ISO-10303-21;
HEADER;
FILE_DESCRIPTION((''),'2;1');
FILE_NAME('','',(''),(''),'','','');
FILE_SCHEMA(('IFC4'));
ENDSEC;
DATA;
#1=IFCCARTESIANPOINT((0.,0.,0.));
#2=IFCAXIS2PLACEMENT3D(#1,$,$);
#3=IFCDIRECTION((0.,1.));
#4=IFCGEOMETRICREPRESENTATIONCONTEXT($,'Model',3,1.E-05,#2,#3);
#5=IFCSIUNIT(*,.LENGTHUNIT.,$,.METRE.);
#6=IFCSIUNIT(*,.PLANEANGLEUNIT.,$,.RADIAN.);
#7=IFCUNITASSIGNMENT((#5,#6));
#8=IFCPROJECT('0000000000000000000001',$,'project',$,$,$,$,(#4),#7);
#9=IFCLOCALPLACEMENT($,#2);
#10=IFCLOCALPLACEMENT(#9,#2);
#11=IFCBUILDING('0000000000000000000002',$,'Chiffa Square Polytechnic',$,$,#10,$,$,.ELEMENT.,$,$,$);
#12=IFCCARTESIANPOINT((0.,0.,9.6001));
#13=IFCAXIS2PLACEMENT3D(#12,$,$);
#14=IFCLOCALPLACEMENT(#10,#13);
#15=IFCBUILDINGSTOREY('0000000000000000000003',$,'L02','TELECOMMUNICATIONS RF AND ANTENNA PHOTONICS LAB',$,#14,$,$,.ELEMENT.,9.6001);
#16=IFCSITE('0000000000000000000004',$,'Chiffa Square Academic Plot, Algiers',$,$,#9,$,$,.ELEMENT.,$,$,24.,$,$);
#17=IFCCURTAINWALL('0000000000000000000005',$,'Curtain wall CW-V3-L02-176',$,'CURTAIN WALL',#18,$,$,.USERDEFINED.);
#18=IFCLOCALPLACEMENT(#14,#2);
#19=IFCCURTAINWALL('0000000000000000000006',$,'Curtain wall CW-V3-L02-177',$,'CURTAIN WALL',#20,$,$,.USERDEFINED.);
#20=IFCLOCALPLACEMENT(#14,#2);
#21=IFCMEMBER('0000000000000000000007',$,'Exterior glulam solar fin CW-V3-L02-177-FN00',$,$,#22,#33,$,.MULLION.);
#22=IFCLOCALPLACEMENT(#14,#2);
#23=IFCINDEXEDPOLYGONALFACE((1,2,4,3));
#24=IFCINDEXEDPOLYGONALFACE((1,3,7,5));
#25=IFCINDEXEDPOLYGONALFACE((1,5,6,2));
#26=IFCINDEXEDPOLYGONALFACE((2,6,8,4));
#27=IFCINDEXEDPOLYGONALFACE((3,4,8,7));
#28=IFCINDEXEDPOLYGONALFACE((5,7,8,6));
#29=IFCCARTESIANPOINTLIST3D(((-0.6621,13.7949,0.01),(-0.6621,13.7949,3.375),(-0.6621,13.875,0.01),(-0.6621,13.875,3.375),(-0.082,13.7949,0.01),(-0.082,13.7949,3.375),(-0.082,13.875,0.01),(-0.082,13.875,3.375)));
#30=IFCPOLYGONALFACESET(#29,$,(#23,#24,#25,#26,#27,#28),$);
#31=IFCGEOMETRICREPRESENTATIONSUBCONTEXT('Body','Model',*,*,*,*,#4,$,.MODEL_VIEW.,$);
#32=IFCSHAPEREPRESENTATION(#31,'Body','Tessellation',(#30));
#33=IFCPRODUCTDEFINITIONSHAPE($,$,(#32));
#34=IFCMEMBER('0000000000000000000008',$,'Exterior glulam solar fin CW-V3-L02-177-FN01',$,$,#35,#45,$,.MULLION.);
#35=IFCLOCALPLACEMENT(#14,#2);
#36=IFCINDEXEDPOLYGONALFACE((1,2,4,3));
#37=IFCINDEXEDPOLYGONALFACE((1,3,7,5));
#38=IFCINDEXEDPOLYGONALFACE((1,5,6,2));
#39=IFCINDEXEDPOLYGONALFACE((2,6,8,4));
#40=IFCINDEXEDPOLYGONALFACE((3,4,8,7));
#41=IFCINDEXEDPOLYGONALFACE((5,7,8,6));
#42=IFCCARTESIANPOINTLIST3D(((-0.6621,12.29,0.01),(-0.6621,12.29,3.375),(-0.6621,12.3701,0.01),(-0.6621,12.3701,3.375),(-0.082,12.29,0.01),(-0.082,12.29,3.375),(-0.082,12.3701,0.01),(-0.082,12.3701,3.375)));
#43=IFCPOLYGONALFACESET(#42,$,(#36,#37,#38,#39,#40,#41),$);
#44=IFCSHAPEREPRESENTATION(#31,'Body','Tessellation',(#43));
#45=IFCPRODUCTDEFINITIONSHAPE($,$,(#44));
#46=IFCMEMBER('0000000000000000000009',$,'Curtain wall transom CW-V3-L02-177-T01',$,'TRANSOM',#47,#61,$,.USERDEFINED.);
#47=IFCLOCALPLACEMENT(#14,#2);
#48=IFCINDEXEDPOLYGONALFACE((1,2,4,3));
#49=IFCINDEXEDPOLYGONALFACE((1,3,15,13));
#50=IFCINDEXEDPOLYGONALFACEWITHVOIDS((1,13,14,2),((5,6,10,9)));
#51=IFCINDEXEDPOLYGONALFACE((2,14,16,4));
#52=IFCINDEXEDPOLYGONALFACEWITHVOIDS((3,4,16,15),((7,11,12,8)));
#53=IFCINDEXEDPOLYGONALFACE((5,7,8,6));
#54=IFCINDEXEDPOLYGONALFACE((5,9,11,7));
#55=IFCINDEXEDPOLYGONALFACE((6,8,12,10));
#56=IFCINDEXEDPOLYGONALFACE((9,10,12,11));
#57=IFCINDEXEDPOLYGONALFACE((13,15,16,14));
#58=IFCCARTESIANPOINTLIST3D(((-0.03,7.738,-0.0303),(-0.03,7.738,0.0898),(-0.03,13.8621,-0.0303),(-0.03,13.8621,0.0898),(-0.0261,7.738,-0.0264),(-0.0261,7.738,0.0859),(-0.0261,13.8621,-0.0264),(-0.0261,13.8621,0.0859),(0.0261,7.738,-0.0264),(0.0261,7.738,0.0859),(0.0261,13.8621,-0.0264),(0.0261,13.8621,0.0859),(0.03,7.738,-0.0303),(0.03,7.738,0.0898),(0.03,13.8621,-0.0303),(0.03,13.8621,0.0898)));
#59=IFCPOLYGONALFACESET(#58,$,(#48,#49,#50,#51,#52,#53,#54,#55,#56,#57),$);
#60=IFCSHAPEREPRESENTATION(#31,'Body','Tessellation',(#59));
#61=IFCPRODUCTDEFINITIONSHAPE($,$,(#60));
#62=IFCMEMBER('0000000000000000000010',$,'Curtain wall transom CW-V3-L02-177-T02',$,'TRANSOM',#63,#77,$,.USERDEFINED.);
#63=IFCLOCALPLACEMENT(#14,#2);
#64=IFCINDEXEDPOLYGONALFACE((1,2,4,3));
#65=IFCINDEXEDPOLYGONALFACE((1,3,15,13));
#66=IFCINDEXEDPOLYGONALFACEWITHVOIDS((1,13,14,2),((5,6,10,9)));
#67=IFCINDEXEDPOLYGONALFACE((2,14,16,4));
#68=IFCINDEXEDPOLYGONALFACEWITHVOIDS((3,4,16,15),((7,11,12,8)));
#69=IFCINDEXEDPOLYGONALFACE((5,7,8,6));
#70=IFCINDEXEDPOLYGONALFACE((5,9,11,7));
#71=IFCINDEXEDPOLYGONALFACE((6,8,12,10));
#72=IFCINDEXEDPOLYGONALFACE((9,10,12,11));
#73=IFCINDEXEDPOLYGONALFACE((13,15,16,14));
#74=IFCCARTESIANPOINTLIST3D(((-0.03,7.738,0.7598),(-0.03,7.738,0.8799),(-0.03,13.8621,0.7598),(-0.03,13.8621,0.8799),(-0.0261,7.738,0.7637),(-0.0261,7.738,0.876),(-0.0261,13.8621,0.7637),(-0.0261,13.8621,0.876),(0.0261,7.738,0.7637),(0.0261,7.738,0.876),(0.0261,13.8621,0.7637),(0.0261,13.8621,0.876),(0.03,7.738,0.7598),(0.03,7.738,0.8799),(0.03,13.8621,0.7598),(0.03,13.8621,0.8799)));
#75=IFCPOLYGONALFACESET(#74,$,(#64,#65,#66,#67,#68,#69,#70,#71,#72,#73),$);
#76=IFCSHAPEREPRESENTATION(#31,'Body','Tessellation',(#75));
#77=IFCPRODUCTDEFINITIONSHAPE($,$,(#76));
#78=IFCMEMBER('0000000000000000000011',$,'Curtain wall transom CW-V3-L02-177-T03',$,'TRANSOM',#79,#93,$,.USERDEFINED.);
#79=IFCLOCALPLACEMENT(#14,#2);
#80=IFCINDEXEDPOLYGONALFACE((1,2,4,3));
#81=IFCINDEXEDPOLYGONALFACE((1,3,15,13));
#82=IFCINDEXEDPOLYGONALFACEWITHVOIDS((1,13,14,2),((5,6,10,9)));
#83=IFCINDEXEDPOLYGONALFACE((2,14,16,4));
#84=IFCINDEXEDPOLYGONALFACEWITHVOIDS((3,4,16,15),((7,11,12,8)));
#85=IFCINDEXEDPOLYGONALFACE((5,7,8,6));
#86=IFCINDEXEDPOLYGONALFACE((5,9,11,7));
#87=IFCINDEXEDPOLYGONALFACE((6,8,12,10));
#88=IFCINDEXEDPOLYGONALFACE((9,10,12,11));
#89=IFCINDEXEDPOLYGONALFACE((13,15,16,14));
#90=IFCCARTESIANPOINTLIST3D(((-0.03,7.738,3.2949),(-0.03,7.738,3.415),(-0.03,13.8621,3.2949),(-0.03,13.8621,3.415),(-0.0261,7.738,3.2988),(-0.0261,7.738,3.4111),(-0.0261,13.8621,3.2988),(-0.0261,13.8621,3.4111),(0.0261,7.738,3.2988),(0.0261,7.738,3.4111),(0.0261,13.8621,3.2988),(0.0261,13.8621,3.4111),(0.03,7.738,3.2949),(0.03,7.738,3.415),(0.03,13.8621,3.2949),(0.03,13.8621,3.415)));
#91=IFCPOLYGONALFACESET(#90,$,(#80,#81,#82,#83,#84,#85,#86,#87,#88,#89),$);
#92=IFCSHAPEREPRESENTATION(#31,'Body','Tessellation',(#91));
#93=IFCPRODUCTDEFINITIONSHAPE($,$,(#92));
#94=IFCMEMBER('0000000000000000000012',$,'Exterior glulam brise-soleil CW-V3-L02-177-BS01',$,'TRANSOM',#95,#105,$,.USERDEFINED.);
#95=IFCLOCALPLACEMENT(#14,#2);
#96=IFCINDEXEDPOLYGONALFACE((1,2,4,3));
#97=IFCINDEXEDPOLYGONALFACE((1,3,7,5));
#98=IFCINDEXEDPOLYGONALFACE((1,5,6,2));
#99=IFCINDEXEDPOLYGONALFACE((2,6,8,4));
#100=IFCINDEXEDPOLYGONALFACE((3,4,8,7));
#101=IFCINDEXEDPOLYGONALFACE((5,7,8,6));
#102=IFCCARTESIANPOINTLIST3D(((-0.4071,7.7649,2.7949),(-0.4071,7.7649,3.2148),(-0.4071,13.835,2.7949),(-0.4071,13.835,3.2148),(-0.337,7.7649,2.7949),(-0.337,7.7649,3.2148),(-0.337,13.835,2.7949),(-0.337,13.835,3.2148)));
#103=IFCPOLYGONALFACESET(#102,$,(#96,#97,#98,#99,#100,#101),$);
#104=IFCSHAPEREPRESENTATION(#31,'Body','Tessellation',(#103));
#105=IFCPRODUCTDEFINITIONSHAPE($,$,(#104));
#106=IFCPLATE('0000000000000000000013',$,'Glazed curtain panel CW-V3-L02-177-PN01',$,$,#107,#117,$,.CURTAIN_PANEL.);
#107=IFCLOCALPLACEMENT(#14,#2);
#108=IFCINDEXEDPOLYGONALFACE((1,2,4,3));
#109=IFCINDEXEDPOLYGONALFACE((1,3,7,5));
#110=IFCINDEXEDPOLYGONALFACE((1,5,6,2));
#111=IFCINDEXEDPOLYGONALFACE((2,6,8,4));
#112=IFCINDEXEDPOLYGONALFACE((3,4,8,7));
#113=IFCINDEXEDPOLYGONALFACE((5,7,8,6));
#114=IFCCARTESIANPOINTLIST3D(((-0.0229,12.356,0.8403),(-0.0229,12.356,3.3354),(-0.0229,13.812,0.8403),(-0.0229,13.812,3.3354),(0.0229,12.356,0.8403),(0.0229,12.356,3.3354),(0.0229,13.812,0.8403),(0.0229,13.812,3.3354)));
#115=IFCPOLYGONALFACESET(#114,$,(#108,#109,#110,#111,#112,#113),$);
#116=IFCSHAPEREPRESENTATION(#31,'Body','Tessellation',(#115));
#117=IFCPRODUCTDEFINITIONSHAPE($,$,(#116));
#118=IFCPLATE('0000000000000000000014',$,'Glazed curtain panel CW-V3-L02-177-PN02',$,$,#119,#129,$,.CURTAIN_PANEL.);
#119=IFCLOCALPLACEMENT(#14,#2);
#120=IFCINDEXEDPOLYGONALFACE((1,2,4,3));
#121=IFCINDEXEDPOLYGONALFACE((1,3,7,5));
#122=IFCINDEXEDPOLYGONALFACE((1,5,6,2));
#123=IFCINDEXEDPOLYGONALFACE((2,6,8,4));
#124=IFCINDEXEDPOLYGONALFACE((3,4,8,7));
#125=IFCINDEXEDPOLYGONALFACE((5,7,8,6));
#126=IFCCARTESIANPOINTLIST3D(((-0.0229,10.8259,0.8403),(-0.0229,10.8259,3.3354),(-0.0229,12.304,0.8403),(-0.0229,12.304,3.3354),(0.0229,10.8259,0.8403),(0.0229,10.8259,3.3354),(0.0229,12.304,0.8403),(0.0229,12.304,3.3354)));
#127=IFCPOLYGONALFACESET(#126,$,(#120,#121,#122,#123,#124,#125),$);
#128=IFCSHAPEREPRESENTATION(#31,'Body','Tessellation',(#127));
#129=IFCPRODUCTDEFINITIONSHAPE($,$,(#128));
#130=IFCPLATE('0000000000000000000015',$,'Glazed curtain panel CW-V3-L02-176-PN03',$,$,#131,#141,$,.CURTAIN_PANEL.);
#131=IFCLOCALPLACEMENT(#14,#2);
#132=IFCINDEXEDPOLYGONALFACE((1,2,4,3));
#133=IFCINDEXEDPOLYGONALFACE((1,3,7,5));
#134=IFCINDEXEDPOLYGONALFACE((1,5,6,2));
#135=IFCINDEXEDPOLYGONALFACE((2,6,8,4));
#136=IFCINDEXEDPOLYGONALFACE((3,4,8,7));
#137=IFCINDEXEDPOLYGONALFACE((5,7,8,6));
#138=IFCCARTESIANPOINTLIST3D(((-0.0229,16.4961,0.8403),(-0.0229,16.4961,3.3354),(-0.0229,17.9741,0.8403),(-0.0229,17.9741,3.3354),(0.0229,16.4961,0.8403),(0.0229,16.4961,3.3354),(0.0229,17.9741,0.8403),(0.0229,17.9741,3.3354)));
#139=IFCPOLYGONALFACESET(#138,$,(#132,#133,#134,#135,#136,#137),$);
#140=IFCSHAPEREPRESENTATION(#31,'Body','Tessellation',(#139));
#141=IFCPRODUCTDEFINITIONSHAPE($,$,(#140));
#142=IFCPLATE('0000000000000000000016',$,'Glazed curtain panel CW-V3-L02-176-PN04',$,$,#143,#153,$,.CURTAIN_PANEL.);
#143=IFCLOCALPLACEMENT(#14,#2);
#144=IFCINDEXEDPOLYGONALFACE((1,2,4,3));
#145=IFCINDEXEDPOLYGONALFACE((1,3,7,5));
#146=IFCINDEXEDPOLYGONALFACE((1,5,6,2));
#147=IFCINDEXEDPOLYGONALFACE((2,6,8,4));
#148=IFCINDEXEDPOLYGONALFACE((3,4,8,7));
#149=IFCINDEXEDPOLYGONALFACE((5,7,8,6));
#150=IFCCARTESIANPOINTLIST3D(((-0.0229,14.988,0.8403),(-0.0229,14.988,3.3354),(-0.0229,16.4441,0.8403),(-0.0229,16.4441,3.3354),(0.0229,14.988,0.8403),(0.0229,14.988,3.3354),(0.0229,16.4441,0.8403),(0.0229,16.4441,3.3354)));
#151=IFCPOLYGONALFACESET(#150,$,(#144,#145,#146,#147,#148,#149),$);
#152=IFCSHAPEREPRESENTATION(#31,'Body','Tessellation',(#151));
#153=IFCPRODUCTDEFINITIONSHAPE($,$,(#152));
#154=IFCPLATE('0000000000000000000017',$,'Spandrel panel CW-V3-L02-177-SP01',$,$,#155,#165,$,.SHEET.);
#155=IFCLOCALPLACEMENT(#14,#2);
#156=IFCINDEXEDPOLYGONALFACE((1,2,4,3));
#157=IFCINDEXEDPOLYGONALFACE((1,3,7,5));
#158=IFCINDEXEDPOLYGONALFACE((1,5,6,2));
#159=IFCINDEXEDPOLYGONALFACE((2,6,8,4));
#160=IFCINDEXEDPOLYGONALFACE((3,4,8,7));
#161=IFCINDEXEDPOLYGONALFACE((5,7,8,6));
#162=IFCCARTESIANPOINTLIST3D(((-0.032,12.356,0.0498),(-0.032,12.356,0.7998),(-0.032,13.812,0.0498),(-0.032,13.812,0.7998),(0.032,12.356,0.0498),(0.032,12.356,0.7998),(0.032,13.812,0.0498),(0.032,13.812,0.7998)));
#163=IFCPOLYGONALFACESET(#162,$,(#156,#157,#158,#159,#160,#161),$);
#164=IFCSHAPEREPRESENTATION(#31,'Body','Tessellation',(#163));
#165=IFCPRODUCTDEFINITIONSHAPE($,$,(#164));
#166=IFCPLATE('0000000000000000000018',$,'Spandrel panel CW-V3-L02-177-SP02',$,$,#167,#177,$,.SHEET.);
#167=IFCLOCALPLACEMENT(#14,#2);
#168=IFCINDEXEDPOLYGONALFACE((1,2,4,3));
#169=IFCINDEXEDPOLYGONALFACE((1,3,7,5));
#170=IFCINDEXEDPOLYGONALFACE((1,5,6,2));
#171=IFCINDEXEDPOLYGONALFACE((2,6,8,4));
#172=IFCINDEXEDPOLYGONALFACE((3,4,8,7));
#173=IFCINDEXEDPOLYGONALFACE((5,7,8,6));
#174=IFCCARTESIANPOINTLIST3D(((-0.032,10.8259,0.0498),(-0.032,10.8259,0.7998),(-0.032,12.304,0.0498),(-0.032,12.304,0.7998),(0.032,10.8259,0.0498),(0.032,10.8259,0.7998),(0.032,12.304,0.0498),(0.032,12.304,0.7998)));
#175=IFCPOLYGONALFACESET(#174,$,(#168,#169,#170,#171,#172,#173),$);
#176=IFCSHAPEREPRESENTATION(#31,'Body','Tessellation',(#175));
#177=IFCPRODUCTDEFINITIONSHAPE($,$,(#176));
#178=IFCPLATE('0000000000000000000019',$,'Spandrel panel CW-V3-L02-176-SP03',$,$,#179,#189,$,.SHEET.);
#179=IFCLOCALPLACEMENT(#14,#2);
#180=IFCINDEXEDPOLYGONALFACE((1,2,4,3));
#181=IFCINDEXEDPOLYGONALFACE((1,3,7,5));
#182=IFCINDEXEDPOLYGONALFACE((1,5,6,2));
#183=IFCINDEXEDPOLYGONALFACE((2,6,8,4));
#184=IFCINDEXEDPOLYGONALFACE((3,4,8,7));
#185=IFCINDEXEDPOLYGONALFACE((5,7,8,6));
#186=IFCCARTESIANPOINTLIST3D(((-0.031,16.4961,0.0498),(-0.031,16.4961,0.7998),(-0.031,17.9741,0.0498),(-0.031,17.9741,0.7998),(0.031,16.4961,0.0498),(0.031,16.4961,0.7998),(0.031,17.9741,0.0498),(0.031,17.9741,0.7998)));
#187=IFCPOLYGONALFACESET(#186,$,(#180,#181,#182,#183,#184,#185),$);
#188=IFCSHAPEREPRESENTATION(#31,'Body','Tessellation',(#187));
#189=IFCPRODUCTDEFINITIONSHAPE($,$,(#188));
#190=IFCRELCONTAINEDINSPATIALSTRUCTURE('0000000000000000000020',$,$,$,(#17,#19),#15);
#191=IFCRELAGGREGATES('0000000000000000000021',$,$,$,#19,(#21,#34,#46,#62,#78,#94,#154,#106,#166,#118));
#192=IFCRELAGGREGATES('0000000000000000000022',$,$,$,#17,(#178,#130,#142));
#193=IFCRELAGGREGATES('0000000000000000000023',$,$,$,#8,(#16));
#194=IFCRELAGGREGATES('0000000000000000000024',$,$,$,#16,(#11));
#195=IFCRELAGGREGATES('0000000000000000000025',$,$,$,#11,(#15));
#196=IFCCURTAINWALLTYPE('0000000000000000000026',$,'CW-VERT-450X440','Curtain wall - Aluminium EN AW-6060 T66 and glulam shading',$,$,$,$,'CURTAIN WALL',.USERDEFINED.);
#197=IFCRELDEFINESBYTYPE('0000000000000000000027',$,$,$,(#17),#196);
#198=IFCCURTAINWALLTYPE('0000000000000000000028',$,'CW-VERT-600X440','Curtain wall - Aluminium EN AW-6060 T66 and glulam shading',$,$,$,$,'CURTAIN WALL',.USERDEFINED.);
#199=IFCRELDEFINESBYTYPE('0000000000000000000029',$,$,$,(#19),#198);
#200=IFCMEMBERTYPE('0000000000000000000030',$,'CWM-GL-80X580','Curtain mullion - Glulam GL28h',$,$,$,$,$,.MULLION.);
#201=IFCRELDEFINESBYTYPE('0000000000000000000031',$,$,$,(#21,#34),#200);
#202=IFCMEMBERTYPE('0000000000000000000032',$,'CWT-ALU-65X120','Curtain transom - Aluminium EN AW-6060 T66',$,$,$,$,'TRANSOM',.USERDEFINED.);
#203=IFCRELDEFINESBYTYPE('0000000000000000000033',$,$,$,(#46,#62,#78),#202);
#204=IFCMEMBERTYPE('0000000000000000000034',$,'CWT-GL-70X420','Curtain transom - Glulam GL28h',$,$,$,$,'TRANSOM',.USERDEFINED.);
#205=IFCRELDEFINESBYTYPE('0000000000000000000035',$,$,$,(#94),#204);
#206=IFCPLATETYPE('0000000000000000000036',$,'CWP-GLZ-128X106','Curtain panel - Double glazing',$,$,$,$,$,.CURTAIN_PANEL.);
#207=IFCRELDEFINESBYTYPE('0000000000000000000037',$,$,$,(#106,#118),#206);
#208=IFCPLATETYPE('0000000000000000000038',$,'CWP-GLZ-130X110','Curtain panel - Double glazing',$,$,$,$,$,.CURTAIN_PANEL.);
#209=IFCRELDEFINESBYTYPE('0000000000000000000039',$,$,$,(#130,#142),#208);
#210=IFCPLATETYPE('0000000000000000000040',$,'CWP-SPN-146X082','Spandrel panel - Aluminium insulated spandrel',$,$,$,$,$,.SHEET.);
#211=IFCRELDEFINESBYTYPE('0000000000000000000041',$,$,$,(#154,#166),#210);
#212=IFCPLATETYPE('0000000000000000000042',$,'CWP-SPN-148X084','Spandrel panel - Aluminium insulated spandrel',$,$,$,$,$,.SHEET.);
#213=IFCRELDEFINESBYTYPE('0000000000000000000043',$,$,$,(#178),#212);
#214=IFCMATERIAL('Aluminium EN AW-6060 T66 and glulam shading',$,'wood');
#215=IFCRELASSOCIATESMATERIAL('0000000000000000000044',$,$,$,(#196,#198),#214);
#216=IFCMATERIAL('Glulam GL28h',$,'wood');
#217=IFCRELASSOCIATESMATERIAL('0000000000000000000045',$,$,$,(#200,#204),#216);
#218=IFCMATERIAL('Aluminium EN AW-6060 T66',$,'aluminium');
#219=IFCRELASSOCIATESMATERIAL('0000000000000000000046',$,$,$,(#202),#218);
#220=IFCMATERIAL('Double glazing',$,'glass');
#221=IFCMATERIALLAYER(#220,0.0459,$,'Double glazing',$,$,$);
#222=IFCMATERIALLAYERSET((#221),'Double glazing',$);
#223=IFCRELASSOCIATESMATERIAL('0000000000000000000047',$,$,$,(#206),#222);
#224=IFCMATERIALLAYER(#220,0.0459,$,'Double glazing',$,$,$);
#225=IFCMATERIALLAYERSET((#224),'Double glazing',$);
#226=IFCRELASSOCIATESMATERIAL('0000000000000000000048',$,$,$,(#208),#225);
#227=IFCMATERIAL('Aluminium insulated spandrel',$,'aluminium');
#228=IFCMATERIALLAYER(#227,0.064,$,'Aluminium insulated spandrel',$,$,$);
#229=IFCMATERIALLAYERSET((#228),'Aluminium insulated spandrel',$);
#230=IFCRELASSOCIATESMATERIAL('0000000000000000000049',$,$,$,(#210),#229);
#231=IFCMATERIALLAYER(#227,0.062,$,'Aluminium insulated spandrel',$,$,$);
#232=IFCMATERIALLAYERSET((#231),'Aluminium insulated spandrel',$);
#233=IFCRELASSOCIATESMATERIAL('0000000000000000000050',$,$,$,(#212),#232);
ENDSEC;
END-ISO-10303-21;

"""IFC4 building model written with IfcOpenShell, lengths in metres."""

from ifc_helpers import new_model, si_unit, direction, frame, origin, origin_2d, place, context, subcontext, project, spatial, rectangle, hollow_rectangle, extrude, material, layer, layer_set, material_profile, profile_set, type_object, element, aggregate, save


model = new_model("IFC4")

# Units and contexts
model_context = context("Model", 3, precision=1e-05, world=origin(), true_north=direction((0.0, 1.0)))
body_context = subcontext(model_context, "Body", "Model", "MODEL_VIEW")
ifc_project = project(units=[si_unit("LENGTHUNIT", "METRE"), si_unit("PLANEANGLEUNIT", "RADIAN")], contexts=[model_context])

# Site, building, storey
site_placement = place(None, origin())
site = spatial("IfcSite", under=ifc_project, at=site_placement, Name="Chiffa Square Academic Plot, Algiers", CompositionType="ELEMENT", RefElevation=24.0)
building_placement = place(site_placement, origin())
building = spatial("IfcBuilding", under=site, at=building_placement, Name="Chiffa Square Polytechnic", CompositionType="ELEMENT")
storey_placement = place(building_placement, frame((0.0, 0.0, 9.6001)))
storey = spatial("IfcBuildingStorey", under=building, at=storey_placement, Name="L02", Description="TELECOMMUNICATIONS RF AND ANTENNA PHOTONICS LAB", CompositionType="ELEMENT", Elevation=9.6001)

# Curtain walls
ifc_material_1 = material(Name="Aluminium EN AW-6060 T66 and glulam shading", Category="wood")
curtain_wall_type_1 = type_object("IfcCurtainWallType", Name="CW-VERT-450X440", Description="Curtain wall - Aluminium EN AW-6060 T66 and glulam shading", ElementType="CURTAIN WALL", PredefinedType="USERDEFINED", material=ifc_material_1)
curtain_wall_1_placement = place(storey_placement, origin())
curtain_wall_1 = element("IfcCurtainWall", 1, at=curtain_wall_1_placement, inside=storey, type_object=curtain_wall_type_1, Name="Curtain wall CW-V3-L02-176", ObjectType="CURTAIN WALL", PredefinedType="USERDEFINED")
ifc_material_2 = material(Name="Aluminium EN AW-6060 T66", Category="aluminium")
curtain_wall_type_2 = type_object("IfcCurtainWallType", Name="CW-VERT-600X440", Description="Curtain wall - Aluminium EN AW-6060 T66 and glulam shading", ElementType="CURTAIN WALL", PredefinedType="USERDEFINED", material=ifc_material_1)
curtain_wall_2_placement = place(storey_placement, origin())
curtain_wall_2 = element("IfcCurtainWall", 2, at=curtain_wall_2_placement, inside=storey, type_object=curtain_wall_type_2, Name="Curtain wall CW-V3-L02-177", ObjectType="CURTAIN WALL", PredefinedType="USERDEFINED")

# Members
ifc_material_3 = material(Name="Glulam GL28h", Category="wood")
ifc_material_profile_1 = material_profile(ifc_material_3, rectangle(XDim=0.0801, YDim=0.5801, at=origin_2d()), Name="GL28h 80x580")
ifc_profile_set_1 = profile_set([ifc_material_profile_1], Name="Glulam GL28h")
member_type_1 = type_object("IfcMemberType", Name="CWM-GL-80X580", Description="Curtain mullion - Glulam GL28h", PredefinedType="MULLION", material=ifc_profile_set_1)
member_1_placement = place(storey_placement, frame((-0.3721, 13.835, 0.01), z_axis=(0.0, 0.0, 1.0), x_axis=(0.0, -1.0, 0.0)))
member_1 = element("IfcMember", 3, at=member_1_placement, type_object=member_type_1, Name="Exterior glulam solar fin CW-V3-L02-177-FN00", PredefinedType="MULLION", context=body_context, shape_type="SweptSolid", body=[
    extrude(rectangle(XDim=0.0801, YDim=0.5801, at=origin_2d()), origin(), (0.0, 0.0, 1.0), 3.365),
])
member_2_placement = place(storey_placement, frame((-0.3721, 12.3301, 0.01), z_axis=(0.0, 0.0, 1.0), x_axis=(0.0, -1.0, 0.0)))
member_2 = element("IfcMember", 4, at=member_2_placement, type_object=member_type_1, Name="Exterior glulam solar fin CW-V3-L02-177-FN01", PredefinedType="MULLION", context=body_context, shape_type="SweptSolid", body=[
    extrude(rectangle(XDim=0.0801, YDim=0.5801, at=origin_2d()), origin(), (0.0, 0.0, 1.0), 3.365),
])
ifc_material_profile_2 = material_profile(ifc_material_2, hollow_rectangle(XDim=0.0601, YDim=0.1201, WallThickness=0.0039, at=origin_2d()), Name="ALU 60x120x4")
ifc_profile_set_2 = profile_set([ifc_material_profile_2], Name="Aluminium EN AW-6060 T66")
member_type_2 = type_object("IfcMemberType", Name="CWT-ALU-65X120", Description="Curtain transom - Aluminium EN AW-6060 T66", ElementType="TRANSOM", PredefinedType="USERDEFINED", material=ifc_profile_set_2)
member_3_placement = place(storey_placement, frame((0.0, 13.8621, 0.0298), z_axis=(0.0, -1.0, 0.0), x_axis=(1.0, 0.0, 0.0)))
member_3 = element("IfcMember", 5, at=member_3_placement, type_object=member_type_2, Name="Curtain wall transom CW-V3-L02-177-T01", ObjectType="TRANSOM", PredefinedType="USERDEFINED", context=body_context, shape_type="SweptSolid", body=[
    extrude(hollow_rectangle(XDim=0.0601, YDim=0.1201, WallThickness=0.0039, at=origin_2d()), origin(), (0.0, 0.0, 1.0), 6.124),
])
member_4_placement = place(storey_placement, frame((0.0, 13.8621, 0.8198), z_axis=(0.0, -1.0, 0.0), x_axis=(1.0, 0.0, 0.0)))
member_4 = element("IfcMember", 6, at=member_4_placement, type_object=member_type_2, Name="Curtain wall transom CW-V3-L02-177-T02", ObjectType="TRANSOM", PredefinedType="USERDEFINED", context=body_context, shape_type="SweptSolid", body=[
    extrude(hollow_rectangle(XDim=0.0601, YDim=0.1201, WallThickness=0.0039, at=origin_2d()), origin(), (0.0, 0.0, 1.0), 6.124),
])
member_5_placement = place(storey_placement, frame((0.0, 13.8621, 3.355), z_axis=(0.0, -1.0, 0.0), x_axis=(1.0, 0.0, 0.0)))
member_5 = element("IfcMember", 7, at=member_5_placement, type_object=member_type_2, Name="Curtain wall transom CW-V3-L02-177-T03", ObjectType="TRANSOM", PredefinedType="USERDEFINED", context=body_context, shape_type="SweptSolid", body=[
    extrude(hollow_rectangle(XDim=0.0601, YDim=0.1201, WallThickness=0.0039, at=origin_2d()), origin(), (0.0, 0.0, 1.0), 6.124),
])
ifc_material_profile_3 = material_profile(ifc_material_3, rectangle(XDim=0.0701, YDim=0.4199, at=origin_2d()), Name="GL28h 70x420")
ifc_profile_set_3 = profile_set([ifc_material_profile_3], Name="Glulam GL28h")
member_type_3 = type_object("IfcMemberType", Name="CWT-GL-70X420", Description="Curtain transom - Glulam GL28h", ElementType="TRANSOM", PredefinedType="USERDEFINED", material=ifc_profile_set_3)
member_6_placement = place(storey_placement, frame((-0.3721, 13.835, 3.0049), z_axis=(0.0, -1.0, 0.0), x_axis=(1.0, 0.0, 0.0)))
member_6 = element("IfcMember", 8, at=member_6_placement, type_object=member_type_3, Name="Exterior glulam brise-soleil CW-V3-L02-177-BS01", ObjectType="TRANSOM", PredefinedType="USERDEFINED", context=body_context, shape_type="SweptSolid", body=[
    extrude(rectangle(XDim=0.0701, YDim=0.4199, at=origin_2d()), origin(), (0.0, 0.0, 1.0), 6.0701),
])

# Plates
ifc_material_4 = material(Name="Double glazing", Category="glass")
ifc_layer_1 = layer(ifc_material_4, 0.0459, Name="Double glazing")
ifc_layer_set_1 = layer_set([ifc_layer_1], Name="Double glazing")
plate_type_1 = type_object("IfcPlateType", Name="CWP-GLZ-128X106", Description="Curtain panel - Double glazing", PredefinedType="CURTAIN_PANEL", material=ifc_layer_set_1)
plate_1_placement = place(storey_placement, frame((0.0, 13.084, 0.8403), z_axis=(0.0, 0.0, 1.0), x_axis=(0.0, -1.0, 0.0)))
plate_1 = element("IfcPlate", 9, at=plate_1_placement, type_object=plate_type_1, Name="Glazed curtain panel CW-V3-L02-177-PN01", PredefinedType="CURTAIN_PANEL", context=body_context, shape_type="SweptSolid", body=[
    extrude(rectangle(XDim=1.4561, YDim=0.0459, at=origin_2d()), origin(), (0.0, 0.0, 1.0), 2.4951),
])
plate_2_placement = place(storey_placement, frame((0.0, 11.5649, 0.8403), z_axis=(0.0, 0.0, 1.0), x_axis=(0.0, -1.0, 0.0)))
plate_2 = element("IfcPlate", 10, at=plate_2_placement, type_object=plate_type_1, Name="Glazed curtain panel CW-V3-L02-177-PN02", PredefinedType="CURTAIN_PANEL", context=body_context, shape_type="SweptSolid", body=[
    extrude(rectangle(XDim=1.478, YDim=0.0459, at=origin_2d()), origin(), (0.0, 0.0, 1.0), 2.4951),
])
ifc_layer_2 = layer(ifc_material_4, 0.0459, Name="Double glazing")
ifc_layer_set_2 = layer_set([ifc_layer_2], Name="Double glazing")
plate_type_2 = type_object("IfcPlateType", Name="CWP-GLZ-130X110", Description="Curtain panel - Double glazing", PredefinedType="CURTAIN_PANEL", material=ifc_layer_set_2)
plate_3_placement = place(storey_placement, frame((0.0, 17.2351, 0.8403), z_axis=(0.0, 0.0, 1.0), x_axis=(0.0, -1.0, 0.0)))
plate_3 = element("IfcPlate", 11, at=plate_3_placement, type_object=plate_type_2, Name="Glazed curtain panel CW-V3-L02-176-PN03", PredefinedType="CURTAIN_PANEL", context=body_context, shape_type="SweptSolid", body=[
    extrude(rectangle(XDim=1.478, YDim=0.0459, at=origin_2d()), origin(), (0.0, 0.0, 1.0), 2.4951),
])
plate_4_placement = place(storey_placement, frame((0.0, 15.7161, 0.8403), z_axis=(0.0, 0.0, 1.0), x_axis=(0.0, -1.0, 0.0)))
plate_4 = element("IfcPlate", 12, at=plate_4_placement, type_object=plate_type_2, Name="Glazed curtain panel CW-V3-L02-176-PN04", PredefinedType="CURTAIN_PANEL", context=body_context, shape_type="SweptSolid", body=[
    extrude(rectangle(XDim=1.4561, YDim=0.0459, at=origin_2d()), origin(), (0.0, 0.0, 1.0), 2.4951),
])
ifc_material_5 = material(Name="Aluminium insulated spandrel", Category="aluminium")
ifc_layer_3 = layer(ifc_material_5, 0.064, Name="Aluminium insulated spandrel")
ifc_layer_set_3 = layer_set([ifc_layer_3], Name="Aluminium insulated spandrel")
plate_type_3 = type_object("IfcPlateType", Name="CWP-SPN-146X082", Description="Spandrel panel - Aluminium insulated spandrel", PredefinedType="SHEET", material=ifc_layer_set_3)
plate_5_placement = place(storey_placement, frame((0.0, 13.084, 0.0498), z_axis=(0.0, 0.0, 1.0), x_axis=(0.0, -1.0, 0.0)))
plate_5 = element("IfcPlate", 13, at=plate_5_placement, type_object=plate_type_3, Name="Spandrel panel CW-V3-L02-177-SP01", PredefinedType="SHEET", context=body_context, shape_type="SweptSolid", body=[
    extrude(rectangle(XDim=1.4561, YDim=0.064, at=origin_2d()), origin(), (0.0, 0.0, 1.0), 0.75),
])
plate_6_placement = place(storey_placement, frame((0.0, 11.5649, 0.0498), z_axis=(0.0, 0.0, 1.0), x_axis=(0.0, -1.0, 0.0)))
plate_6 = element("IfcPlate", 14, at=plate_6_placement, type_object=plate_type_3, Name="Spandrel panel CW-V3-L02-177-SP02", PredefinedType="SHEET", context=body_context, shape_type="SweptSolid", body=[
    extrude(rectangle(XDim=1.478, YDim=0.064, at=origin_2d()), origin(), (0.0, 0.0, 1.0), 0.75),
])
aggregate(curtain_wall_2, [member_1, member_2, member_3, member_4, member_5, member_6, plate_5, plate_1, plate_6, plate_2])
ifc_layer_4 = layer(ifc_material_5, 0.062, Name="Aluminium insulated spandrel")
ifc_layer_set_4 = layer_set([ifc_layer_4], Name="Aluminium insulated spandrel")
plate_type_4 = type_object("IfcPlateType", Name="CWP-SPN-148X084", Description="Spandrel panel - Aluminium insulated spandrel", PredefinedType="SHEET", material=ifc_layer_set_4)
plate_7_placement = place(storey_placement, frame((0.0, 17.2351, 0.0498), z_axis=(0.0, 0.0, 1.0), x_axis=(0.0, -1.0, 0.0)))
plate_7 = element("IfcPlate", 15, at=plate_7_placement, type_object=plate_type_4, Name="Spandrel panel CW-V3-L02-176-SP03", PredefinedType="SHEET", context=body_context, shape_type="SweptSolid", body=[
    extrude(rectangle(XDim=1.478, YDim=0.062, at=origin_2d()), origin(), (0.0, 0.0, 1.0), 0.75),
])
aggregate(curtain_wall_1, [plate_7, plate_3, plate_4])

save(model, "model.ifc")
